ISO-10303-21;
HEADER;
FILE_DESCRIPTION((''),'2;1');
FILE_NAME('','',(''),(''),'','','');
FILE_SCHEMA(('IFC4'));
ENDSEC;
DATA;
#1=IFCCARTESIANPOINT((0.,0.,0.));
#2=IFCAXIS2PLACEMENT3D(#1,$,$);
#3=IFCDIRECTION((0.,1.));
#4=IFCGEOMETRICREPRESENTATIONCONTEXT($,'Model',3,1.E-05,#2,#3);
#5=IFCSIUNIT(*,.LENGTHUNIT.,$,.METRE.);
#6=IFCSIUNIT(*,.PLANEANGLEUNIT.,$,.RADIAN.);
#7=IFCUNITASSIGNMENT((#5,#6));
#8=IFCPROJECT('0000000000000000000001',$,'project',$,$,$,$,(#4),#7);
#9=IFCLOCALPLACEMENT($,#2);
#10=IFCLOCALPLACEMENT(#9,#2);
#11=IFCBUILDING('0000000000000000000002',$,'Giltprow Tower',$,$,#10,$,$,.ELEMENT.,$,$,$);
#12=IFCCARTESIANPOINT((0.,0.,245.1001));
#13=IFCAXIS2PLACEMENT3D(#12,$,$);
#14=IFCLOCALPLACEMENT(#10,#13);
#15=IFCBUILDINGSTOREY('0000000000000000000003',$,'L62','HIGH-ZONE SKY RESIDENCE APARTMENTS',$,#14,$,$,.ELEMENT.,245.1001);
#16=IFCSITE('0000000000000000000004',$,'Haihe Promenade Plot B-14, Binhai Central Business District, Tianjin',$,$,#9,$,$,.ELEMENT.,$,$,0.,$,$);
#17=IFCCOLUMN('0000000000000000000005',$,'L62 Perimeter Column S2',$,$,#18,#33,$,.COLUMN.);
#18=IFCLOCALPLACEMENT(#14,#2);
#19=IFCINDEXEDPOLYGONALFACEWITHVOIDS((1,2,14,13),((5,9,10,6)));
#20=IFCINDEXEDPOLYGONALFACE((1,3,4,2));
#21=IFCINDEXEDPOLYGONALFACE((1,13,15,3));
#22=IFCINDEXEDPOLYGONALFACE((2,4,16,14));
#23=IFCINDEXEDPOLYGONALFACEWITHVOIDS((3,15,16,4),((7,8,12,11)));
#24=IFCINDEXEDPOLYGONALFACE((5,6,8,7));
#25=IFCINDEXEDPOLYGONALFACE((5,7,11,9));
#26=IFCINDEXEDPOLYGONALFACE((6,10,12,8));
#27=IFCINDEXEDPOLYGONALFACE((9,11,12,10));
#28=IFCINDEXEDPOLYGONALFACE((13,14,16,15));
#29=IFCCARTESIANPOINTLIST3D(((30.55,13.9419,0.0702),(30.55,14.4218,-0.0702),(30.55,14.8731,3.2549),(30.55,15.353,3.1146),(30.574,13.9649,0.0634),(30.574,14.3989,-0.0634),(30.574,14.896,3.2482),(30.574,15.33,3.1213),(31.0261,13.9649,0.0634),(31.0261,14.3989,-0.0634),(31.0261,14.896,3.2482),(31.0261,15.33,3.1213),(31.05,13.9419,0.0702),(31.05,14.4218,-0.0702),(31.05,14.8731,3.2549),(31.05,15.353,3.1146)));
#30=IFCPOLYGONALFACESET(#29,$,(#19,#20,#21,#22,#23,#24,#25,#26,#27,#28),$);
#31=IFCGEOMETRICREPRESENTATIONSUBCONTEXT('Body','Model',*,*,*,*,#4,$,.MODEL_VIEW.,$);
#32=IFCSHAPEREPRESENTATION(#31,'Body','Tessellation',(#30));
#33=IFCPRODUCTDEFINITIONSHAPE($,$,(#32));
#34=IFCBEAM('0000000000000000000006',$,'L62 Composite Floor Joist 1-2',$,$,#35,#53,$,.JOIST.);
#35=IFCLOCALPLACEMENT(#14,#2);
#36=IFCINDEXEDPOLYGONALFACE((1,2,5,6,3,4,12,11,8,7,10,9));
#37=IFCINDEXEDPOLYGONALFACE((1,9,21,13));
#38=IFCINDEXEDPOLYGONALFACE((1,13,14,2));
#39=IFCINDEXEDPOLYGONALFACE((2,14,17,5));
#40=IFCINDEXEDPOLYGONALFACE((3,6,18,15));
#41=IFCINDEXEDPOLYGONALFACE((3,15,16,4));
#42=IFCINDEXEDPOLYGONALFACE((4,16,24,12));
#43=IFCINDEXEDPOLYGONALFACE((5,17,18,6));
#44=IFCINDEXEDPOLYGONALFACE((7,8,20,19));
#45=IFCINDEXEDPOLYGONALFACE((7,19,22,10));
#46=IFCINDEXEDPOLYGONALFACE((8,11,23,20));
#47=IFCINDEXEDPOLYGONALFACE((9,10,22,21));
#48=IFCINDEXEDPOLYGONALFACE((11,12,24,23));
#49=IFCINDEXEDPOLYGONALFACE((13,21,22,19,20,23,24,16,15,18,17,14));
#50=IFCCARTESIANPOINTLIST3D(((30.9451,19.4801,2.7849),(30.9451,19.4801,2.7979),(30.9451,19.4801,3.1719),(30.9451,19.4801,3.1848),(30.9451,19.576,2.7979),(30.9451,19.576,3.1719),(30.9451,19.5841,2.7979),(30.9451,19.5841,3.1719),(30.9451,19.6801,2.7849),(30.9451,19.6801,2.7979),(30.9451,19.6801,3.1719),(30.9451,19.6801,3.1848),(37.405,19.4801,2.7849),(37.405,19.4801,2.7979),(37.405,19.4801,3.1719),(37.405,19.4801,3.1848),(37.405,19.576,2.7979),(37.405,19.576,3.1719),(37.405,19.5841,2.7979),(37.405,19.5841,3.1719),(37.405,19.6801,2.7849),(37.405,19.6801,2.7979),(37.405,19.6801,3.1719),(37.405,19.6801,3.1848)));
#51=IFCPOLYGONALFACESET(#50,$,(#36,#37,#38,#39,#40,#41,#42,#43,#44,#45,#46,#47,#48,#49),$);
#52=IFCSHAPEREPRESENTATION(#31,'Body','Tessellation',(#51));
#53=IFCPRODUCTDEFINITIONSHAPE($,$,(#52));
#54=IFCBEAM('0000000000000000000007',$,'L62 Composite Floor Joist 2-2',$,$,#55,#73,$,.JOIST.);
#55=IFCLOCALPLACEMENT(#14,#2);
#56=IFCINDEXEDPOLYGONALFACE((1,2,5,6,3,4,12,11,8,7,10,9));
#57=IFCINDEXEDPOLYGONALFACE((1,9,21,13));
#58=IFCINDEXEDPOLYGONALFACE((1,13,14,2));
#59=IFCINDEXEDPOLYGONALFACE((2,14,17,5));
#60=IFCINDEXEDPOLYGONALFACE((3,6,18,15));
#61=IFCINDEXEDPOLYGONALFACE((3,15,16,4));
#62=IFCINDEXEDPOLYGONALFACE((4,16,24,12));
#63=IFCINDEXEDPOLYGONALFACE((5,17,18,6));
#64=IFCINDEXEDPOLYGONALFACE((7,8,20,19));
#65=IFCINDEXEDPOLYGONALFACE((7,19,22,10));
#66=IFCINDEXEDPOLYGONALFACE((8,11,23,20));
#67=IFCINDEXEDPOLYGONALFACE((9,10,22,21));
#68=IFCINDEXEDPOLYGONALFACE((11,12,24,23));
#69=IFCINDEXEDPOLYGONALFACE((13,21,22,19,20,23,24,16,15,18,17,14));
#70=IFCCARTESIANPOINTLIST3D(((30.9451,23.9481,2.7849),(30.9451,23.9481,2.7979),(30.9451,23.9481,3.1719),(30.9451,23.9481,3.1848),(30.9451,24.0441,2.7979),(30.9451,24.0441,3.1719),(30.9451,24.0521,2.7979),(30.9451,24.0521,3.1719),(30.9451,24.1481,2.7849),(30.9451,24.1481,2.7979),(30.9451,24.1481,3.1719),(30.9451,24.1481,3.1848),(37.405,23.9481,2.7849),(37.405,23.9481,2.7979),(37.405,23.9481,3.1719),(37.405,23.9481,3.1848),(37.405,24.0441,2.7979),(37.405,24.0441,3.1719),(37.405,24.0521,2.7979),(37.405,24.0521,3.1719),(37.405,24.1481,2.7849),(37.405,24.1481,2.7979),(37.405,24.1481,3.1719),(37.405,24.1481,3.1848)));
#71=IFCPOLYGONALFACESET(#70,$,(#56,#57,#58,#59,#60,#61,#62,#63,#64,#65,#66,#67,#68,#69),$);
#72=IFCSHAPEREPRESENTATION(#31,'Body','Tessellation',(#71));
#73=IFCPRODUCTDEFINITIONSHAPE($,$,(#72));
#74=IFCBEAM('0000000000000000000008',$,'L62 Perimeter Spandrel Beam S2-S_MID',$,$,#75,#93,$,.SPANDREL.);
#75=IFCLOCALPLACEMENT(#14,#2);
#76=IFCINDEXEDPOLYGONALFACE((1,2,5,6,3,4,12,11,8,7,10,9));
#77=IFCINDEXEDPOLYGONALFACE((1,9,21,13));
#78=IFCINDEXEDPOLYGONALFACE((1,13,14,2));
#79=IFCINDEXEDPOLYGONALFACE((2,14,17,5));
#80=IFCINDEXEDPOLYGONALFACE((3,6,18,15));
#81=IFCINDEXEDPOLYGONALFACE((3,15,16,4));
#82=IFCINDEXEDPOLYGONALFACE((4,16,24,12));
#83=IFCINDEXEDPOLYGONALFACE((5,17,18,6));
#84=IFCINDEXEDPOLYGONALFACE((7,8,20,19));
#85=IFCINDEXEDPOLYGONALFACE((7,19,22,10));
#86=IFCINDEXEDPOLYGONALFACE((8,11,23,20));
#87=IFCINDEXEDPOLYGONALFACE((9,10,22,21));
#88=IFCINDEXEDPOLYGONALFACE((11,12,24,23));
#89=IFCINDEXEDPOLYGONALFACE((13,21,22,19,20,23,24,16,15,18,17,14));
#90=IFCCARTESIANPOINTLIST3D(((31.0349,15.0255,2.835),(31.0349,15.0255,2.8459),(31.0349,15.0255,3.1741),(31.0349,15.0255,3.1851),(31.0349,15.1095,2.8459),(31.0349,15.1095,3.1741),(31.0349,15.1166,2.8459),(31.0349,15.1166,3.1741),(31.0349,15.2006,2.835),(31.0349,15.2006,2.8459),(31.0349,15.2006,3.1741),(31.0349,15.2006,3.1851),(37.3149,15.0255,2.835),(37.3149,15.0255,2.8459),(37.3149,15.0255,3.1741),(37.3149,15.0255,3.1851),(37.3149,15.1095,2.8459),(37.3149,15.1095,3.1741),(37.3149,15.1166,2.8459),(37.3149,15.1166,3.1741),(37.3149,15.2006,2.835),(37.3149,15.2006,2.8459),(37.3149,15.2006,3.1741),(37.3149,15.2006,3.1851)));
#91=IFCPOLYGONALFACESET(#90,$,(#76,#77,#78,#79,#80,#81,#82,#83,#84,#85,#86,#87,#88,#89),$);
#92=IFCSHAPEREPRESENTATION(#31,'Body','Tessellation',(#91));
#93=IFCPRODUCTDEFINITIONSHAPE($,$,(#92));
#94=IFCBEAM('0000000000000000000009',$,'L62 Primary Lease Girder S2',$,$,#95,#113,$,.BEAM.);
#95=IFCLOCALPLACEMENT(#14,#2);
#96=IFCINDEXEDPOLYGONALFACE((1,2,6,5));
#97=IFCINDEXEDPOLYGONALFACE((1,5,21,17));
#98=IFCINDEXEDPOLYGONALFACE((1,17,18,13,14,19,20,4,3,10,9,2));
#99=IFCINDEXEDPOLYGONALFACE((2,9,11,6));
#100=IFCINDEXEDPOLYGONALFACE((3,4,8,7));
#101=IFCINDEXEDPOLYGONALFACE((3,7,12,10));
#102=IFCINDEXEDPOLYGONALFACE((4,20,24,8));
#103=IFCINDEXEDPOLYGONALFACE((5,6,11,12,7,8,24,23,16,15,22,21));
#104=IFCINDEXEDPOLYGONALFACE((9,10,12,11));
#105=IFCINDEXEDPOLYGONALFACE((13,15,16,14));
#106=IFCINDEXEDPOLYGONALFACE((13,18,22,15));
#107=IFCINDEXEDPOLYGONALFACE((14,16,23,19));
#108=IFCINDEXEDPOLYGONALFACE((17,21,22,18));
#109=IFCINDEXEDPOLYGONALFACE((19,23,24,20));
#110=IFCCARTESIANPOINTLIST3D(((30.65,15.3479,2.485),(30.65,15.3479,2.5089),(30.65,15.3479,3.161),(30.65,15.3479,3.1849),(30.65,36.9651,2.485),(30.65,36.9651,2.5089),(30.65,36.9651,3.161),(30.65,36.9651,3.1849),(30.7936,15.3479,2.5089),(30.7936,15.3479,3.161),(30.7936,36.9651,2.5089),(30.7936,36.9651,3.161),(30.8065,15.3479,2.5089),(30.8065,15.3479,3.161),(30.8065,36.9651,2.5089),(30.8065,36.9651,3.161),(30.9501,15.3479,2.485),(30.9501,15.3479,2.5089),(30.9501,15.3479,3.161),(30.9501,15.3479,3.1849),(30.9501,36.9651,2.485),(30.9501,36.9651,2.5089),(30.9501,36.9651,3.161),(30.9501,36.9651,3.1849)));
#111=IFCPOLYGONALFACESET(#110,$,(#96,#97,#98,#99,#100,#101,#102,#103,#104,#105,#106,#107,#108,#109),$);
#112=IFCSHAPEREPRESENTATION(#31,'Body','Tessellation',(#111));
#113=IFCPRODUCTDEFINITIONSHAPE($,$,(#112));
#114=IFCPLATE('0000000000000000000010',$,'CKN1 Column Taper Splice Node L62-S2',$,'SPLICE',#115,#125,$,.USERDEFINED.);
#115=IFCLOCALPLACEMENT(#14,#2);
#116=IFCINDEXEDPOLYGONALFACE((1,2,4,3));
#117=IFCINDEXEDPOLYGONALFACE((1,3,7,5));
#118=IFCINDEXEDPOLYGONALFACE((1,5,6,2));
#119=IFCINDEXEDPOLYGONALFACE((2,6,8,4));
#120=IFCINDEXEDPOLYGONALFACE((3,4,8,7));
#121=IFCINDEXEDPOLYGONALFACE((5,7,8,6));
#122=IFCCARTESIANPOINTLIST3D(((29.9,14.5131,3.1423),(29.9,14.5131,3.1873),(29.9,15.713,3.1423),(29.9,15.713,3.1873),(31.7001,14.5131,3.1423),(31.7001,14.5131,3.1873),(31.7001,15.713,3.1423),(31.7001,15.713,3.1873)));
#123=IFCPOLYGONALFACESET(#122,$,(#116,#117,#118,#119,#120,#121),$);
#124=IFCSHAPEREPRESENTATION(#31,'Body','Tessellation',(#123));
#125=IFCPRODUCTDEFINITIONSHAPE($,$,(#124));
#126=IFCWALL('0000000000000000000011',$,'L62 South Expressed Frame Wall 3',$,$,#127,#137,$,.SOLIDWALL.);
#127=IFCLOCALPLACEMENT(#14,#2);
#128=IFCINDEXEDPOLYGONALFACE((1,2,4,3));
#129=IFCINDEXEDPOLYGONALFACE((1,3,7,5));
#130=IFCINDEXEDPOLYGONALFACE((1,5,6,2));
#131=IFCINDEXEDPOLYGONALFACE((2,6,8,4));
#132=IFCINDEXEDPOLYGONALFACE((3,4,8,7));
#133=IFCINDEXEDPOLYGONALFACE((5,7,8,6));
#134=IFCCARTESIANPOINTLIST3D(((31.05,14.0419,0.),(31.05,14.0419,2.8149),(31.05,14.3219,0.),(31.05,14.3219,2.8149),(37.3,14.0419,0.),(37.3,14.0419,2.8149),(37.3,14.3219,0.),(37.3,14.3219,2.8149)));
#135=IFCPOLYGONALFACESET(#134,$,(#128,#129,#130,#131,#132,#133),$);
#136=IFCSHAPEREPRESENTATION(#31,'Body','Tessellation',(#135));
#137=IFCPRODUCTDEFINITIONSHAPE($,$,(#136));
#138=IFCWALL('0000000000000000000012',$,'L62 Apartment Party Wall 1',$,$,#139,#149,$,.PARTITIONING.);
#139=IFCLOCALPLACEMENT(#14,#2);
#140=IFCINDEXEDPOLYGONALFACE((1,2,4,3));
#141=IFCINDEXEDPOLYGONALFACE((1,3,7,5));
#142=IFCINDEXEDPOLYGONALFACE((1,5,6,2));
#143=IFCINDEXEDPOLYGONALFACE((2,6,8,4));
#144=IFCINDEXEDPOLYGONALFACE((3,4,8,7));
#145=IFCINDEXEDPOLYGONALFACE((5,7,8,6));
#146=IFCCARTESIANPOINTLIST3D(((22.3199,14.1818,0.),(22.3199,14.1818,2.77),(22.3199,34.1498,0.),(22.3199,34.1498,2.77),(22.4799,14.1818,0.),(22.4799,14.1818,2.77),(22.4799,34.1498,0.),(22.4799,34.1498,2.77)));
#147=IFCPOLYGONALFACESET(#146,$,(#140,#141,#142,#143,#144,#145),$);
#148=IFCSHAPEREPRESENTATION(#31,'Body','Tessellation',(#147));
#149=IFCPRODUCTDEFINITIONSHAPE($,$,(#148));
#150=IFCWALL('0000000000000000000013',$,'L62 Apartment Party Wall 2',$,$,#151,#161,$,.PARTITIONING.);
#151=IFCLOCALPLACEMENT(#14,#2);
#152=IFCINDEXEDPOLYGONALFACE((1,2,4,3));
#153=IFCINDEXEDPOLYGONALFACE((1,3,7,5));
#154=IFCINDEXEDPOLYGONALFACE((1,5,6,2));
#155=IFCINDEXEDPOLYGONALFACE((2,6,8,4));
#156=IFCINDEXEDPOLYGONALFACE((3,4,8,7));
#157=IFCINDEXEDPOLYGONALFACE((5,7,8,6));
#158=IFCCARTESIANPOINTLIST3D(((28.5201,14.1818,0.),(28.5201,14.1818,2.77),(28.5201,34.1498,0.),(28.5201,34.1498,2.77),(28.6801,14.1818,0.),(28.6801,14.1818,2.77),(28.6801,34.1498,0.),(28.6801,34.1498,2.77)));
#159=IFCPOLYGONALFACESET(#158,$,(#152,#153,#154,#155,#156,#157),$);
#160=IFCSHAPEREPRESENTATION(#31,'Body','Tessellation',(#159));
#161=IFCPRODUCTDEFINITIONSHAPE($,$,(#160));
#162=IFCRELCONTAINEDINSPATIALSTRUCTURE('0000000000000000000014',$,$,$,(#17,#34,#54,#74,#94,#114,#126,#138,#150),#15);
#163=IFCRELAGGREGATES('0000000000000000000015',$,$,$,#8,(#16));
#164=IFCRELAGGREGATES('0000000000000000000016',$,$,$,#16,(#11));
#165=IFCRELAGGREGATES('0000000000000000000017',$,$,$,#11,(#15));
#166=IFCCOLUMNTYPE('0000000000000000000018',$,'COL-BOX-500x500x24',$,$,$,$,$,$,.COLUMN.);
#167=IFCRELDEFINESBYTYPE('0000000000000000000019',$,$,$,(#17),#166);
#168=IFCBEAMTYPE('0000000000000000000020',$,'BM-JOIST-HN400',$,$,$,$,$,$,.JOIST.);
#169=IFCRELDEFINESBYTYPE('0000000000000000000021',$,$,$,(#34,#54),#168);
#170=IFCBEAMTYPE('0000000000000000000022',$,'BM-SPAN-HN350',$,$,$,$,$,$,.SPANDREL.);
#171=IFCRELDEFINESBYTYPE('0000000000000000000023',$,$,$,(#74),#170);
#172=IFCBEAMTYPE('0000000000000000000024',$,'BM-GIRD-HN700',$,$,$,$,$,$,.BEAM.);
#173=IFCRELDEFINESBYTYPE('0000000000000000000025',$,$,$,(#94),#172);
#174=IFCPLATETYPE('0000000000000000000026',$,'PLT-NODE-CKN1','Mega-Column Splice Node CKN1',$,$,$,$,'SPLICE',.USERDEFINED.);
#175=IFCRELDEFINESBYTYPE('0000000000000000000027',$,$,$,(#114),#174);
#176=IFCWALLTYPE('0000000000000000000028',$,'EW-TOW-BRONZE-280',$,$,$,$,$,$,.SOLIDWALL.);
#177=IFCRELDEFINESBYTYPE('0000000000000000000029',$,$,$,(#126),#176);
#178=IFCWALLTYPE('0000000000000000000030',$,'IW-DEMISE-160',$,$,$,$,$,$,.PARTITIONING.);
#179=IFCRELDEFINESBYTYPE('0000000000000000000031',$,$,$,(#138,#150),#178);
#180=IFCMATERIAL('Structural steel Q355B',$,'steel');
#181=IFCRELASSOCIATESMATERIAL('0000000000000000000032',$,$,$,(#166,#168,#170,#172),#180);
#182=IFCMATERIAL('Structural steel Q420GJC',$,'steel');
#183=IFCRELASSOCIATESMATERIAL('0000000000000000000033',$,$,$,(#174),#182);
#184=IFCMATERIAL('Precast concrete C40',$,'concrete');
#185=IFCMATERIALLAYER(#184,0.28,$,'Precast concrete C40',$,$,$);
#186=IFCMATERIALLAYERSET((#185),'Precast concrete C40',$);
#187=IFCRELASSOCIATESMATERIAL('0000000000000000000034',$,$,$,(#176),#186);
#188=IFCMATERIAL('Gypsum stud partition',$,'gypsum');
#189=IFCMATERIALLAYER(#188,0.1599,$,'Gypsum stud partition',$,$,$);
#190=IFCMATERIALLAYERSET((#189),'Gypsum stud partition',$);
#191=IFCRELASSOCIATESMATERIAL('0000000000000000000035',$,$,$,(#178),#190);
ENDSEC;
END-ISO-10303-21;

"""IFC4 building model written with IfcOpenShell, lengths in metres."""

from ifc_helpers import new_model, si_unit, direction, frame, frame_2d, origin, origin_2d, place, context, subcontext, project, spatial, rectangle, hollow_rectangle, i_section, extrude, source, transform, mapped, material, layer, layer_set, material_profile, profile_set, type_object, element, save


model = new_model("IFC4")

# Units and contexts
model_context = context("Model", 3, precision=1e-05, world=origin(), true_north=direction((0.0, 1.0)))
body_context = subcontext(model_context, "Body", "Model", "MODEL_VIEW")
ifc_project = project(units=[si_unit("LENGTHUNIT", "METRE"), si_unit("PLANEANGLEUNIT", "RADIAN")], contexts=[model_context])

# Site, building, storey
site_placement = place(None, origin())
site = spatial("IfcSite", under=ifc_project, at=site_placement, Name="Haihe Promenade Plot B-14, Binhai Central Business District, Tianjin", CompositionType="ELEMENT", RefElevation=0.0)
building_placement = place(site_placement, origin())
building = spatial("IfcBuilding", under=site, at=building_placement, Name="Giltprow Tower", CompositionType="ELEMENT")
storey_placement = place(building_placement, frame((0.0, 0.0, 245.1001)))
storey = spatial("IfcBuildingStorey", under=building, at=storey_placement, Name="L62", Description="HIGH-ZONE SKY RESIDENCE APARTMENTS", CompositionType="ELEMENT", Elevation=245.1001)

# Column
ifc_material_1 = material(Name="Structural steel Q355B", Category="steel")
ifc_material_profile_1 = material_profile(ifc_material_1, hollow_rectangle(XDim=0.5, YDim=0.5, WallThickness=0.0239, at=origin_2d()), Name="BOX 500x500x24")
ifc_profile_set_1 = profile_set([ifc_material_profile_1], Name="Structural steel Q355B")
column_type = type_object("IfcColumnType", Name="COL-BOX-500x500x24", PredefinedType="COLUMN", material=ifc_profile_set_1)
shared_shape_1 = source(origin(), body_context, "Body", "SweptSolid", [
    extrude(hollow_rectangle(XDim=0.5, YDim=0.5, WallThickness=0.0239, at=origin_2d()), origin(), (0.0, 0.0, 1.0), 3.3181),
])
column_placement = place(storey_placement, frame((30.8, 14.1819, 0.0), z_axis=(0.0, 0.280624, 0.959818), x_axis=(-1.0, 0.0, 0.0)))
element("IfcColumn", 1, at=column_placement, inside=storey, type_object=column_type, Name="L62 Perimeter Column S2", PredefinedType="COLUMN", context=body_context, shape_type="MappedRepresentation", body=[
    mapped(shared_shape_1, transform((0.0, 0.0, 0.0), x_axis=(1.0, 0.0, 0.0), y_axis=(0.0, 1.0, 0.0), z_axis=(0.0, 0.0, 1.0), scale=1.0)),
])

# Beams
ifc_material_profile_2 = material_profile(ifc_material_1, i_section(OverallWidth=0.2, OverallDepth=0.3999, WebThickness=0.0081, FlangeThickness=0.0129, at=origin_2d()), Name="HN 400x200x8x13")
ifc_profile_set_2 = profile_set([ifc_material_profile_2], Name="Structural steel Q355B")
beam_type_1 = type_object("IfcBeamType", Name="BM-JOIST-HN400", PredefinedType="JOIST", material=ifc_profile_set_2)
shared_shape_2 = source(origin(), body_context, "Body", "SweptSolid", [
    extrude(i_section(OverallWidth=0.2, OverallDepth=0.3999, WebThickness=0.0081, FlangeThickness=0.0129, at=origin_2d()), origin(), (0.0, 0.0, 1.0), 6.46),
])
for number, where, z_axis, x_axis, name in (
    (2, (30.9451, 19.5801, 2.9849), (1.0, 0.0, 0.0), (0.0, 1.0, 0.0), "L62 Composite Floor Joist 1-2"),
    (3, (30.9451, 24.0481, 2.9849), (1.0, 0.0, 0.0), (0.0, 1.0, 0.0), "L62 Composite Floor Joist 2-2"),
):
    element("IfcBeam", number, at=place(storey_placement, frame(where, z_axis=z_axis, x_axis=x_axis)), inside=storey, type_object=beam_type_1, Name=name, PredefinedType="JOIST", context=body_context, shape_type="MappedRepresentation", body=[
        mapped(shared_shape_2, transform((0.0, 0.0, 0.0), x_axis=(1.0, 0.0, 0.0), y_axis=(0.0, 1.0, 0.0), z_axis=(0.0, 0.0, 1.0), scale=1.0)),
    ])
ifc_material_profile_3 = material_profile(ifc_material_1, i_section(OverallWidth=0.175, OverallDepth=0.3501, WebThickness=0.0071, FlangeThickness=0.011, at=origin_2d()), Name="HN 350x175x7x11")
ifc_profile_set_3 = profile_set([ifc_material_profile_3], Name="Structural steel Q355B")
beam_type_2 = type_object("IfcBeamType", Name="BM-SPAN-HN350", PredefinedType="SPANDREL", material=ifc_profile_set_3)
shared_shape_3 = source(origin(), body_context, "Body", "SweptSolid", [
    extrude(i_section(OverallWidth=0.175, OverallDepth=0.3501, WebThickness=0.0071, FlangeThickness=0.011, at=origin_2d()), origin(), (0.0, 0.0, 1.0), 6.28),
])
beam_1_placement = place(storey_placement, frame((31.0349, 15.113, 3.01), z_axis=(1.0, 0.0, 0.0), x_axis=(0.0, 1.0, 0.0)))
element("IfcBeam", 4, at=beam_1_placement, inside=storey, type_object=beam_type_2, Name="L62 Perimeter Spandrel Beam S2-S_MID", PredefinedType="SPANDREL", context=body_context, shape_type="MappedRepresentation", body=[
    mapped(shared_shape_3, transform((0.0, 0.0, 0.0), x_axis=(1.0, 0.0, 0.0), y_axis=(0.0, 1.0, 0.0), z_axis=(0.0, 0.0, 1.0), scale=1.0)),
])
ifc_material_profile_4 = material_profile(ifc_material_1, i_section(OverallWidth=0.3, OverallDepth=0.7, WebThickness=0.0129, FlangeThickness=0.0239, at=origin_2d()), Name="HN 700x300x13x24")
ifc_profile_set_4 = profile_set([ifc_material_profile_4], Name="Structural steel Q355B")
beam_type_3 = type_object("IfcBeamType", Name="BM-GIRD-HN700", PredefinedType="BEAM", material=ifc_profile_set_4)
shared_shape_4 = source(origin(), body_context, "Body", "SweptSolid", [
    extrude(i_section(OverallWidth=0.3, OverallDepth=0.7, WebThickness=0.0129, FlangeThickness=0.0239, at=origin_2d()), origin(), (0.0, 0.0, 1.0), 21.6172),
])
beam_2_placement = place(storey_placement, frame((30.8, 15.3479, 2.835), z_axis=(0.0, 1.0, 0.0), x_axis=(-1.0, 0.0, 0.0)))
element("IfcBeam", 5, at=beam_2_placement, inside=storey, type_object=beam_type_3, Name="L62 Primary Lease Girder S2", PredefinedType="BEAM", context=body_context, shape_type="MappedRepresentation", body=[
    mapped(shared_shape_4, transform((0.0, 0.0, 0.0), x_axis=(1.0, 0.0, 0.0), y_axis=(0.0, 1.0, 0.0), z_axis=(0.0, 0.0, 1.0), scale=1.0)),
])

# Plate
ifc_material_2 = material(Name="Structural steel Q420GJC", Category="steel")
plate_type = type_object("IfcPlateType", Name="PLT-NODE-CKN1", Description="Mega-Column Splice Node CKN1", ElementType="SPLICE", PredefinedType="USERDEFINED", material=ifc_material_2)
shared_shape_5 = source(origin(), body_context, "Body", "SweptSolid", [
    extrude(rectangle(XDim=1.8, YDim=1.2, at=origin_2d()), origin(), (0.0, 0.0, 1.0), 0.0449),
])
plate_placement = place(storey_placement, frame((30.8, 15.113, 3.1423), z_axis=(0.0, 0.0, 1.0), x_axis=(1.0, 0.0, 0.0)))
element("IfcPlate", 6, at=plate_placement, inside=storey, type_object=plate_type, Name="CKN1 Column Taper Splice Node L62-S2", ObjectType="SPLICE", PredefinedType="USERDEFINED", context=body_context, shape_type="MappedRepresentation", body=[
    mapped(shared_shape_5, transform((0.0, 0.0, 0.0), x_axis=(1.0, 0.0, 0.0), y_axis=(0.0, 1.0, 0.0), z_axis=(0.0, 0.0, 1.0), scale=1.0)),
])

# Walls
ifc_material_3 = material(Name="Precast concrete C40", Category="concrete")
ifc_layer_1 = layer(ifc_material_3, 0.28, Name="Precast concrete C40")
ifc_layer_set_1 = layer_set([ifc_layer_1], Name="Precast concrete C40")
wall_type_1 = type_object("IfcWallType", Name="EW-TOW-BRONZE-280", PredefinedType="SOLIDWALL", material=ifc_layer_set_1)
wall_1_placement = place(storey_placement, frame((31.05, 14.1819, 0.0), z_axis=(0.0, 0.0, 1.0), x_axis=(1.0, 0.0, 0.0)))
element("IfcWall", 7, at=wall_1_placement, inside=storey, type_object=wall_type_1, Name="L62 South Expressed Frame Wall 3", PredefinedType="SOLIDWALL", context=body_context, shape_type="SweptSolid", body=[
    extrude(rectangle(XDim=6.25, YDim=0.28, at=frame_2d((3.125, 0.0))), origin(), (0.0, 0.0, 1.0), 2.8149),
])
ifc_material_4 = material(Name="Gypsum stud partition", Category="gypsum")
ifc_layer_2 = layer(ifc_material_4, 0.1599, Name="Gypsum stud partition")
ifc_layer_set_2 = layer_set([ifc_layer_2], Name="Gypsum stud partition")
wall_type_2 = type_object("IfcWallType", Name="IW-DEMISE-160", PredefinedType="PARTITIONING", material=ifc_layer_set_2)
for number, where, z_axis, x_axis, name in (
    (8, (22.3999, 14.1819, 0.0), (0.0, 0.0, 1.0), (0.0, 1.0, 0.0), "L62 Apartment Party Wall 1"),
    (9, (28.6001, 14.1819, 0.0), (0.0, 0.0, 1.0), (0.0, 1.0, 0.0), "L62 Apartment Party Wall 2"),
):
    element("IfcWall", number, at=place(storey_placement, frame(where, z_axis=z_axis, x_axis=x_axis)), inside=storey, type_object=wall_type_2, Name=name, PredefinedType="PARTITIONING", context=body_context, shape_type="SweptSolid", body=[
        extrude(rectangle(XDim=19.968, YDim=0.1599, at=frame_2d((9.9839, 0.0))), origin(), (0.0, 0.0, 1.0), 2.77),
    ])

save(model, "model.ifc")
